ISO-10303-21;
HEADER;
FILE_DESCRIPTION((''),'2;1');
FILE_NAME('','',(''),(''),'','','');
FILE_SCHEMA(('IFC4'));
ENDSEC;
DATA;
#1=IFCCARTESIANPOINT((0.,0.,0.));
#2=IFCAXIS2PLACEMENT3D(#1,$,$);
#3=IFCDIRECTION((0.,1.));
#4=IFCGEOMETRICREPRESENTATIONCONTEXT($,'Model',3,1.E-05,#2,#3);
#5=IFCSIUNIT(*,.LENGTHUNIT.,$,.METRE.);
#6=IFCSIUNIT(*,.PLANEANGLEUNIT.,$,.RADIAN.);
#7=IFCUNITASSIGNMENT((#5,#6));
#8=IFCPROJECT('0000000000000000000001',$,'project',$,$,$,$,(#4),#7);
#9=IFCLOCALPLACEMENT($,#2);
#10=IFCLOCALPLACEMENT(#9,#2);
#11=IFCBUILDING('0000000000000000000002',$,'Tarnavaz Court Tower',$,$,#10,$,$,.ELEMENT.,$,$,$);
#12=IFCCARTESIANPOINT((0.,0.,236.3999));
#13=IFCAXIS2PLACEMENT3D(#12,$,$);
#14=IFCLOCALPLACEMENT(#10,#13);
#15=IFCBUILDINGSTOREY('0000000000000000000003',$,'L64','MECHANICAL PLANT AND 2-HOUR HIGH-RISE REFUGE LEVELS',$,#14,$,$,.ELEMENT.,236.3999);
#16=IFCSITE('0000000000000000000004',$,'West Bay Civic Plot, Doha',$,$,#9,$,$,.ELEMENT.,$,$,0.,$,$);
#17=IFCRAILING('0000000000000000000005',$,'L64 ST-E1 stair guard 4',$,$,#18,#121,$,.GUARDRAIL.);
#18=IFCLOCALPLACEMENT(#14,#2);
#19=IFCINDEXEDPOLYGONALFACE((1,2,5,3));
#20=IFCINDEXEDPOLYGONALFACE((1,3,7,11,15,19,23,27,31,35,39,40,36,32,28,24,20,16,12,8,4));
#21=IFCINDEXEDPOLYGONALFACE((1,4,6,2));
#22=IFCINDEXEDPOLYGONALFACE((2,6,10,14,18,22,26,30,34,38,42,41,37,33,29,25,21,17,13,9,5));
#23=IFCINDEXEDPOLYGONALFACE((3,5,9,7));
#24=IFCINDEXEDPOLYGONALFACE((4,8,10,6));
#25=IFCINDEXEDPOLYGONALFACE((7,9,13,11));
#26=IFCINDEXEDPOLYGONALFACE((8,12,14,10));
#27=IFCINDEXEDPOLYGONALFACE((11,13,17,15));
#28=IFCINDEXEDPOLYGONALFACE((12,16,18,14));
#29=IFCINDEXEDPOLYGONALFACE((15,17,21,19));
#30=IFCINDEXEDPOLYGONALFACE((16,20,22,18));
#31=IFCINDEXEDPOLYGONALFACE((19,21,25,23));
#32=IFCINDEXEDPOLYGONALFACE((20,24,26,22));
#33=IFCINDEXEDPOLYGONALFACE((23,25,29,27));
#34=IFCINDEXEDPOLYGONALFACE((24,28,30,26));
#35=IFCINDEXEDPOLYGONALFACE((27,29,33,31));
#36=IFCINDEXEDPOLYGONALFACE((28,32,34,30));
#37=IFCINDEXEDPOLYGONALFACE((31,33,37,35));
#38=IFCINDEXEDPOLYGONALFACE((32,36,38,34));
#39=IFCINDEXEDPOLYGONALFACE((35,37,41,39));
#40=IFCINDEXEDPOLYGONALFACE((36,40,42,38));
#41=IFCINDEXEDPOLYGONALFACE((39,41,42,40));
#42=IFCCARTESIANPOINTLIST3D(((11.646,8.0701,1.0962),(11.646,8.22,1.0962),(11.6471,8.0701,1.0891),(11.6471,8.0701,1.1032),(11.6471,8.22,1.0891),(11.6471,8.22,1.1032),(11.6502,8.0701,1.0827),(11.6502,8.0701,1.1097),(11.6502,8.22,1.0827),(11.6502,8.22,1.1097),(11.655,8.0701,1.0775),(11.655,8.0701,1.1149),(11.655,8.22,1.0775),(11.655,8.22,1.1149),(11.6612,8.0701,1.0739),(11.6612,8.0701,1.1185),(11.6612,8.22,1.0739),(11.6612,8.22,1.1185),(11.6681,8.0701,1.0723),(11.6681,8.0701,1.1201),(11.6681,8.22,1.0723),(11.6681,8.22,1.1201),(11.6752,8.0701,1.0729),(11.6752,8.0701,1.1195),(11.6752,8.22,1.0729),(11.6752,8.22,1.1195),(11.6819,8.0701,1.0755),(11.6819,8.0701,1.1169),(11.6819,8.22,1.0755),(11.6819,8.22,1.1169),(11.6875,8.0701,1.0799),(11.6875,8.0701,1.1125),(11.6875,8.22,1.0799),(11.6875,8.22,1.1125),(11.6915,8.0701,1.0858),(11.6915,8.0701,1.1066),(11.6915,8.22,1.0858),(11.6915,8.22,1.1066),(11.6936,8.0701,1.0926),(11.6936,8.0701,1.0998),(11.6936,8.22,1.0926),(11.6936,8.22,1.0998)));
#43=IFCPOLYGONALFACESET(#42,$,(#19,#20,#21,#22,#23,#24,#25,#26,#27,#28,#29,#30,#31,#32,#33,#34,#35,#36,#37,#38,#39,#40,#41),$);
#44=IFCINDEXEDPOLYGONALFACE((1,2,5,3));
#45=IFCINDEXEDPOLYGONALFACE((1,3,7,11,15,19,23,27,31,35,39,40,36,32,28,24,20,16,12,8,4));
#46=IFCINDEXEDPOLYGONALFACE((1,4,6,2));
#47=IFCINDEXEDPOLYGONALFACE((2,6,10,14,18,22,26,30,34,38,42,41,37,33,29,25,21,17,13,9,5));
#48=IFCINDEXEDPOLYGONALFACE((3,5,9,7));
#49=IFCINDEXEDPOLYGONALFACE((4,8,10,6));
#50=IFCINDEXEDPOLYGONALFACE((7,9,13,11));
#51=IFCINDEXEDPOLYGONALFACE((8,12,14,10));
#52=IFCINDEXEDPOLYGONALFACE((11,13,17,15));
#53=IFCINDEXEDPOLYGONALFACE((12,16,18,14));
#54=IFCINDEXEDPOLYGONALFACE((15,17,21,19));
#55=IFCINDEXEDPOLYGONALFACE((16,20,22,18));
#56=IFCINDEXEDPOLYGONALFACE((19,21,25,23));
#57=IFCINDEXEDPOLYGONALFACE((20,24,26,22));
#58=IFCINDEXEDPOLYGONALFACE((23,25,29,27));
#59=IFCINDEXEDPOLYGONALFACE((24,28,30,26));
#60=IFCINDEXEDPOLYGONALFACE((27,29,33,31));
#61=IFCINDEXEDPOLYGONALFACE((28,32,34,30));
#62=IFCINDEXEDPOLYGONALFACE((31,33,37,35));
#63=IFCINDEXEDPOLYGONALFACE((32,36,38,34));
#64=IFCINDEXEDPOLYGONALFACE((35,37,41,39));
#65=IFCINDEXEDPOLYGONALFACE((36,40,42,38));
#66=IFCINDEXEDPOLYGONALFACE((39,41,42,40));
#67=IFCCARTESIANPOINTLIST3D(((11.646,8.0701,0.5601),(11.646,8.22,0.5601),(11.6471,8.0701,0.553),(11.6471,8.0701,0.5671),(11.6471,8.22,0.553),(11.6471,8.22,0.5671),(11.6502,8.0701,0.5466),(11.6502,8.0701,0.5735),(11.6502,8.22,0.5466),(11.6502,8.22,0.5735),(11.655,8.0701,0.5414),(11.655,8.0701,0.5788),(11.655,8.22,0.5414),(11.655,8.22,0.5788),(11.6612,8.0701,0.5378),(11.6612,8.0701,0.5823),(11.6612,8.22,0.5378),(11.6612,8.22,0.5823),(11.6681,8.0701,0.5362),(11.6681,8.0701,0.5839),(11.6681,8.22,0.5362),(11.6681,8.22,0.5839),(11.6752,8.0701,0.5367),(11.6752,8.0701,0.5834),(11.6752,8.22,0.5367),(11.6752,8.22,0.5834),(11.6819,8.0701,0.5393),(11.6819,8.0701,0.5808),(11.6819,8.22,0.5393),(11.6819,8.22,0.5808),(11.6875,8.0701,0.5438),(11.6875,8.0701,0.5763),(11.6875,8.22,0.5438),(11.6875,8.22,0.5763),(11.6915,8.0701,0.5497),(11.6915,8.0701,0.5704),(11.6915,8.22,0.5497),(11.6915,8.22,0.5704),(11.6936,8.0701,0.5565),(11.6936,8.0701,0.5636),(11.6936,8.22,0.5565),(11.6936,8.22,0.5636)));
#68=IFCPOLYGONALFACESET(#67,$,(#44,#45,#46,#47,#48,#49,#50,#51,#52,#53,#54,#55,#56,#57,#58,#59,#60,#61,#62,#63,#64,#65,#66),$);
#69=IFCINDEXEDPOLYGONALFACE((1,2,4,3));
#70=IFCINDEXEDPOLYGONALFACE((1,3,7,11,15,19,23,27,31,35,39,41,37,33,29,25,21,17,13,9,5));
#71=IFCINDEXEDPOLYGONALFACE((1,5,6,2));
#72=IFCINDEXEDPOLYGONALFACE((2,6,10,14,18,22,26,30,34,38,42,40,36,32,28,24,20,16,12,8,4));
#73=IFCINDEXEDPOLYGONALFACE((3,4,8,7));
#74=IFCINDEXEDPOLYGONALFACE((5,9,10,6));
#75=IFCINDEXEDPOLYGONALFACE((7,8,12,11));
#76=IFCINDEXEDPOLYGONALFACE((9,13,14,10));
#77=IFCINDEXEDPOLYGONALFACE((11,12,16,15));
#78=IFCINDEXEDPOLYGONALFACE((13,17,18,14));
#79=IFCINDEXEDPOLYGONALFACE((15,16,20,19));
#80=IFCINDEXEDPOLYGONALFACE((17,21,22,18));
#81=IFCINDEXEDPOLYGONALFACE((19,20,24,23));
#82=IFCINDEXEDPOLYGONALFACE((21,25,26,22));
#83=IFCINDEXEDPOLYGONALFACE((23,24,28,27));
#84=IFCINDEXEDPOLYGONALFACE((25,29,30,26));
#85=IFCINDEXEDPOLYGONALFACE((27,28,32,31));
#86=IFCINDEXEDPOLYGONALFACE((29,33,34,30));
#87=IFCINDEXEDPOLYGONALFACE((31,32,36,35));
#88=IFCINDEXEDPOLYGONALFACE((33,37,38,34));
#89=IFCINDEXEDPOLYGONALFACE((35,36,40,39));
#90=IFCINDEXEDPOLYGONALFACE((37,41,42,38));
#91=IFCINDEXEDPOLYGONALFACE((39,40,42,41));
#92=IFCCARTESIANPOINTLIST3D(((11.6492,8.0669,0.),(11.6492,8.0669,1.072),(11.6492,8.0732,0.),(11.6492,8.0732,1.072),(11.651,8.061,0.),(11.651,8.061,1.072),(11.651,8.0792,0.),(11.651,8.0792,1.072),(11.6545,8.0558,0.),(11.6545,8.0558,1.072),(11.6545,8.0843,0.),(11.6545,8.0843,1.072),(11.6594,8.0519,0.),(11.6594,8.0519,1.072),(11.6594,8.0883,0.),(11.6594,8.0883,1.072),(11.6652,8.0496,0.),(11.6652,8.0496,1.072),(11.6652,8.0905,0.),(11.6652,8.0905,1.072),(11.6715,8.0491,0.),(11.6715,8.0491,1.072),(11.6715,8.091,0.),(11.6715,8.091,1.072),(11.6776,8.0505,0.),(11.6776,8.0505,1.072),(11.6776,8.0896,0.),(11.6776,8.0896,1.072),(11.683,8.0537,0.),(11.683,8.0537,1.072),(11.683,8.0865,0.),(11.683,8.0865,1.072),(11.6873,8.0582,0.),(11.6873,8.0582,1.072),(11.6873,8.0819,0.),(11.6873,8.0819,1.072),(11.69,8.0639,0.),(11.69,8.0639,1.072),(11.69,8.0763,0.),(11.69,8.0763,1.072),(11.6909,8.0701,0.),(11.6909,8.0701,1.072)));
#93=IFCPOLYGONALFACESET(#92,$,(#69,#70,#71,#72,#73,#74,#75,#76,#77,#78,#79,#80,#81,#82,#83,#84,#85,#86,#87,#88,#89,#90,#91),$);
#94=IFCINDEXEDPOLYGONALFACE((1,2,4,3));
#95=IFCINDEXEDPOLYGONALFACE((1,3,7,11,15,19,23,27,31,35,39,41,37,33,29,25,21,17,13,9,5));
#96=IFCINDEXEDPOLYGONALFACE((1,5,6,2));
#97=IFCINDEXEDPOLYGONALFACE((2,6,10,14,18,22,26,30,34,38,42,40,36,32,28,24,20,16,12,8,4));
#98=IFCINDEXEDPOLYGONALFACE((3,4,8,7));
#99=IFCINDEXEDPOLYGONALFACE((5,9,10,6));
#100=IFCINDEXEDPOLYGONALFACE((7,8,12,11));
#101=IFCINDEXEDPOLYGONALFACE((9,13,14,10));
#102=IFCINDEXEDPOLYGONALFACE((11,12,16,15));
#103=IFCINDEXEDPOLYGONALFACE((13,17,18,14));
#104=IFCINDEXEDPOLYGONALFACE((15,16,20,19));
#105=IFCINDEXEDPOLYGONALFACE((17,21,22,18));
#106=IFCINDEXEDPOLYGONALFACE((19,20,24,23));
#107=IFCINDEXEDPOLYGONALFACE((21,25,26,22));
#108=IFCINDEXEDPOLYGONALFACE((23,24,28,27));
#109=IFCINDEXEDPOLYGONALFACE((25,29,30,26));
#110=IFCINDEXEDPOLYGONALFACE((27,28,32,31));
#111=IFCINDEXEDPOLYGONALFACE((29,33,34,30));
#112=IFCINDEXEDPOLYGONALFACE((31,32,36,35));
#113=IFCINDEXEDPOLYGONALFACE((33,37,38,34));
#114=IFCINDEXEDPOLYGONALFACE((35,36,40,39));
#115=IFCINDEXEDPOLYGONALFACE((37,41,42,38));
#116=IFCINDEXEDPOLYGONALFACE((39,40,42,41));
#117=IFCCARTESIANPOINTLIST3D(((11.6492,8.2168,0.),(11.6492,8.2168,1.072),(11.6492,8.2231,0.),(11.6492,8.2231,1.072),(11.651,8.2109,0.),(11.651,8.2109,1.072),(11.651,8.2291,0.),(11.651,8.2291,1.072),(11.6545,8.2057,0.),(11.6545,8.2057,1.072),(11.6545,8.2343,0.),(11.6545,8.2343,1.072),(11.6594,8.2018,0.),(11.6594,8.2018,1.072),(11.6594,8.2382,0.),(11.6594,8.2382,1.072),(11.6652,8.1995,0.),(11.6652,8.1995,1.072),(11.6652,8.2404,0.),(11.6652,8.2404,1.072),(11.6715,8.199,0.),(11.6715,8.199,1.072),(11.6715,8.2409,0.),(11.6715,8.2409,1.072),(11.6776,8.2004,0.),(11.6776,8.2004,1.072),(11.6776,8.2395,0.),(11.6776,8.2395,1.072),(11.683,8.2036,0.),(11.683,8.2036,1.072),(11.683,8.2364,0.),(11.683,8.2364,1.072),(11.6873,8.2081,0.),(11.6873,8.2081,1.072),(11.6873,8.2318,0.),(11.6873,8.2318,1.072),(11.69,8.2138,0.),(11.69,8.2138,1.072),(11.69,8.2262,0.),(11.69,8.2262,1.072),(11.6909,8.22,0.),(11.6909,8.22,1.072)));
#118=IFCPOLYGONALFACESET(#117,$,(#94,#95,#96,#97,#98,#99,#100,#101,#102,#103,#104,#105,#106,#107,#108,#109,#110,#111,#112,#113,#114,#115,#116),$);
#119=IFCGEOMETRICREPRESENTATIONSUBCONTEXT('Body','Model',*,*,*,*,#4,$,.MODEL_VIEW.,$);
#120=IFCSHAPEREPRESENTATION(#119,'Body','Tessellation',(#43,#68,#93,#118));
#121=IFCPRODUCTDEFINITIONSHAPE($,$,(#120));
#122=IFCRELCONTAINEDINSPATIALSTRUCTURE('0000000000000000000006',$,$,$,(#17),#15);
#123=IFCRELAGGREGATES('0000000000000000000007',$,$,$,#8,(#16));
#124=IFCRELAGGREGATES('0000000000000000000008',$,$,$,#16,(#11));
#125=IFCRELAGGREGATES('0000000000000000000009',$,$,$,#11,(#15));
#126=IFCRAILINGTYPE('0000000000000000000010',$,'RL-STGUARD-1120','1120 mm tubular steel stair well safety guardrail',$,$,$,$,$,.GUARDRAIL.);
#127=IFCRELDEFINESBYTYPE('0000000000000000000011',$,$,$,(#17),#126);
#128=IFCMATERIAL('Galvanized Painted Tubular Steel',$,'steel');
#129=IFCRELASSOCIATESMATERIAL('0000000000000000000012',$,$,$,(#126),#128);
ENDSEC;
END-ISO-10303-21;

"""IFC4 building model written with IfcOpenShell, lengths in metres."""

from ifc_helpers import new_model, si_unit, direction, frame, origin, origin_2d, place, context, subcontext, project, spatial, circle, extrude, material, type_object, element, save


model = new_model("IFC4")

# Units and contexts
model_context = context("Model", 3, precision=1e-05, world=origin(), true_north=direction((0.0, 1.0)))
body_context = subcontext(model_context, "Body", "Model", "MODEL_VIEW")
ifc_project = project(units=[si_unit("LENGTHUNIT", "METRE"), si_unit("PLANEANGLEUNIT", "RADIAN")], contexts=[model_context])

# Site, building, storey
site_placement = place(None, origin())
site = spatial("IfcSite", under=ifc_project, at=site_placement, Name="West Bay Civic Plot, Doha", CompositionType="ELEMENT", RefElevation=0.0)
building_placement = place(site_placement, origin())
building = spatial("IfcBuilding", under=site, at=building_placement, Name="Tarnavaz Court Tower", CompositionType="ELEMENT")
storey_placement = place(building_placement, frame((0.0, 0.0, 236.3999)))
storey = spatial("IfcBuildingStorey", under=building, at=storey_placement, Name="L64", Description="MECHANICAL PLANT AND 2-HOUR HIGH-RISE REFUGE LEVELS", CompositionType="ELEMENT", Elevation=236.3999)

# Railing
ifc_material_1 = material(Name="Galvanized Painted Tubular Steel", Category="steel")
railing_type_1 = type_object("IfcRailingType", Name="RL-STGUARD-1120", Description="1120 mm tubular steel stair well safety guardrail", PredefinedType="GUARDRAIL", material=ifc_material_1)
railing_1_placement = place(storey_placement, frame((11.6699, 8.0701, 0.0)))
element("IfcRailing", 1, at=railing_1_placement, inside=storey, type_object=railing_type_1, Name="L64 ST-E1 stair guard 4", PredefinedType="GUARDRAIL", context=body_context, shape_type="SweptSolid", body=[
    extrude(circle(Radius=0.0239, at=origin_2d()), frame((0.0, 0.0, 1.0962), z_axis=(0.0, 1.0, 0.0), x_axis=(-1.0, 0.0, 0.0)), (0.0, 0.0, 1.0), 0.1499),
    extrude(circle(Radius=0.0239, at=origin_2d()), frame((0.0, 0.0, 0.5601), z_axis=(0.0, 1.0, 0.0), x_axis=(-1.0, 0.0, 0.0)), (0.0, 0.0, 1.0), 0.1499),
    extrude(circle(Radius=0.021, at=origin_2d()), origin(), (0.0, 0.0, 1.0), 1.072),
    extrude(circle(Radius=0.021, at=origin_2d()), frame((0.0, 0.1499, 0.0)), (0.0, 0.0, 1.0), 1.072),
])

save(model, "model.ifc")
